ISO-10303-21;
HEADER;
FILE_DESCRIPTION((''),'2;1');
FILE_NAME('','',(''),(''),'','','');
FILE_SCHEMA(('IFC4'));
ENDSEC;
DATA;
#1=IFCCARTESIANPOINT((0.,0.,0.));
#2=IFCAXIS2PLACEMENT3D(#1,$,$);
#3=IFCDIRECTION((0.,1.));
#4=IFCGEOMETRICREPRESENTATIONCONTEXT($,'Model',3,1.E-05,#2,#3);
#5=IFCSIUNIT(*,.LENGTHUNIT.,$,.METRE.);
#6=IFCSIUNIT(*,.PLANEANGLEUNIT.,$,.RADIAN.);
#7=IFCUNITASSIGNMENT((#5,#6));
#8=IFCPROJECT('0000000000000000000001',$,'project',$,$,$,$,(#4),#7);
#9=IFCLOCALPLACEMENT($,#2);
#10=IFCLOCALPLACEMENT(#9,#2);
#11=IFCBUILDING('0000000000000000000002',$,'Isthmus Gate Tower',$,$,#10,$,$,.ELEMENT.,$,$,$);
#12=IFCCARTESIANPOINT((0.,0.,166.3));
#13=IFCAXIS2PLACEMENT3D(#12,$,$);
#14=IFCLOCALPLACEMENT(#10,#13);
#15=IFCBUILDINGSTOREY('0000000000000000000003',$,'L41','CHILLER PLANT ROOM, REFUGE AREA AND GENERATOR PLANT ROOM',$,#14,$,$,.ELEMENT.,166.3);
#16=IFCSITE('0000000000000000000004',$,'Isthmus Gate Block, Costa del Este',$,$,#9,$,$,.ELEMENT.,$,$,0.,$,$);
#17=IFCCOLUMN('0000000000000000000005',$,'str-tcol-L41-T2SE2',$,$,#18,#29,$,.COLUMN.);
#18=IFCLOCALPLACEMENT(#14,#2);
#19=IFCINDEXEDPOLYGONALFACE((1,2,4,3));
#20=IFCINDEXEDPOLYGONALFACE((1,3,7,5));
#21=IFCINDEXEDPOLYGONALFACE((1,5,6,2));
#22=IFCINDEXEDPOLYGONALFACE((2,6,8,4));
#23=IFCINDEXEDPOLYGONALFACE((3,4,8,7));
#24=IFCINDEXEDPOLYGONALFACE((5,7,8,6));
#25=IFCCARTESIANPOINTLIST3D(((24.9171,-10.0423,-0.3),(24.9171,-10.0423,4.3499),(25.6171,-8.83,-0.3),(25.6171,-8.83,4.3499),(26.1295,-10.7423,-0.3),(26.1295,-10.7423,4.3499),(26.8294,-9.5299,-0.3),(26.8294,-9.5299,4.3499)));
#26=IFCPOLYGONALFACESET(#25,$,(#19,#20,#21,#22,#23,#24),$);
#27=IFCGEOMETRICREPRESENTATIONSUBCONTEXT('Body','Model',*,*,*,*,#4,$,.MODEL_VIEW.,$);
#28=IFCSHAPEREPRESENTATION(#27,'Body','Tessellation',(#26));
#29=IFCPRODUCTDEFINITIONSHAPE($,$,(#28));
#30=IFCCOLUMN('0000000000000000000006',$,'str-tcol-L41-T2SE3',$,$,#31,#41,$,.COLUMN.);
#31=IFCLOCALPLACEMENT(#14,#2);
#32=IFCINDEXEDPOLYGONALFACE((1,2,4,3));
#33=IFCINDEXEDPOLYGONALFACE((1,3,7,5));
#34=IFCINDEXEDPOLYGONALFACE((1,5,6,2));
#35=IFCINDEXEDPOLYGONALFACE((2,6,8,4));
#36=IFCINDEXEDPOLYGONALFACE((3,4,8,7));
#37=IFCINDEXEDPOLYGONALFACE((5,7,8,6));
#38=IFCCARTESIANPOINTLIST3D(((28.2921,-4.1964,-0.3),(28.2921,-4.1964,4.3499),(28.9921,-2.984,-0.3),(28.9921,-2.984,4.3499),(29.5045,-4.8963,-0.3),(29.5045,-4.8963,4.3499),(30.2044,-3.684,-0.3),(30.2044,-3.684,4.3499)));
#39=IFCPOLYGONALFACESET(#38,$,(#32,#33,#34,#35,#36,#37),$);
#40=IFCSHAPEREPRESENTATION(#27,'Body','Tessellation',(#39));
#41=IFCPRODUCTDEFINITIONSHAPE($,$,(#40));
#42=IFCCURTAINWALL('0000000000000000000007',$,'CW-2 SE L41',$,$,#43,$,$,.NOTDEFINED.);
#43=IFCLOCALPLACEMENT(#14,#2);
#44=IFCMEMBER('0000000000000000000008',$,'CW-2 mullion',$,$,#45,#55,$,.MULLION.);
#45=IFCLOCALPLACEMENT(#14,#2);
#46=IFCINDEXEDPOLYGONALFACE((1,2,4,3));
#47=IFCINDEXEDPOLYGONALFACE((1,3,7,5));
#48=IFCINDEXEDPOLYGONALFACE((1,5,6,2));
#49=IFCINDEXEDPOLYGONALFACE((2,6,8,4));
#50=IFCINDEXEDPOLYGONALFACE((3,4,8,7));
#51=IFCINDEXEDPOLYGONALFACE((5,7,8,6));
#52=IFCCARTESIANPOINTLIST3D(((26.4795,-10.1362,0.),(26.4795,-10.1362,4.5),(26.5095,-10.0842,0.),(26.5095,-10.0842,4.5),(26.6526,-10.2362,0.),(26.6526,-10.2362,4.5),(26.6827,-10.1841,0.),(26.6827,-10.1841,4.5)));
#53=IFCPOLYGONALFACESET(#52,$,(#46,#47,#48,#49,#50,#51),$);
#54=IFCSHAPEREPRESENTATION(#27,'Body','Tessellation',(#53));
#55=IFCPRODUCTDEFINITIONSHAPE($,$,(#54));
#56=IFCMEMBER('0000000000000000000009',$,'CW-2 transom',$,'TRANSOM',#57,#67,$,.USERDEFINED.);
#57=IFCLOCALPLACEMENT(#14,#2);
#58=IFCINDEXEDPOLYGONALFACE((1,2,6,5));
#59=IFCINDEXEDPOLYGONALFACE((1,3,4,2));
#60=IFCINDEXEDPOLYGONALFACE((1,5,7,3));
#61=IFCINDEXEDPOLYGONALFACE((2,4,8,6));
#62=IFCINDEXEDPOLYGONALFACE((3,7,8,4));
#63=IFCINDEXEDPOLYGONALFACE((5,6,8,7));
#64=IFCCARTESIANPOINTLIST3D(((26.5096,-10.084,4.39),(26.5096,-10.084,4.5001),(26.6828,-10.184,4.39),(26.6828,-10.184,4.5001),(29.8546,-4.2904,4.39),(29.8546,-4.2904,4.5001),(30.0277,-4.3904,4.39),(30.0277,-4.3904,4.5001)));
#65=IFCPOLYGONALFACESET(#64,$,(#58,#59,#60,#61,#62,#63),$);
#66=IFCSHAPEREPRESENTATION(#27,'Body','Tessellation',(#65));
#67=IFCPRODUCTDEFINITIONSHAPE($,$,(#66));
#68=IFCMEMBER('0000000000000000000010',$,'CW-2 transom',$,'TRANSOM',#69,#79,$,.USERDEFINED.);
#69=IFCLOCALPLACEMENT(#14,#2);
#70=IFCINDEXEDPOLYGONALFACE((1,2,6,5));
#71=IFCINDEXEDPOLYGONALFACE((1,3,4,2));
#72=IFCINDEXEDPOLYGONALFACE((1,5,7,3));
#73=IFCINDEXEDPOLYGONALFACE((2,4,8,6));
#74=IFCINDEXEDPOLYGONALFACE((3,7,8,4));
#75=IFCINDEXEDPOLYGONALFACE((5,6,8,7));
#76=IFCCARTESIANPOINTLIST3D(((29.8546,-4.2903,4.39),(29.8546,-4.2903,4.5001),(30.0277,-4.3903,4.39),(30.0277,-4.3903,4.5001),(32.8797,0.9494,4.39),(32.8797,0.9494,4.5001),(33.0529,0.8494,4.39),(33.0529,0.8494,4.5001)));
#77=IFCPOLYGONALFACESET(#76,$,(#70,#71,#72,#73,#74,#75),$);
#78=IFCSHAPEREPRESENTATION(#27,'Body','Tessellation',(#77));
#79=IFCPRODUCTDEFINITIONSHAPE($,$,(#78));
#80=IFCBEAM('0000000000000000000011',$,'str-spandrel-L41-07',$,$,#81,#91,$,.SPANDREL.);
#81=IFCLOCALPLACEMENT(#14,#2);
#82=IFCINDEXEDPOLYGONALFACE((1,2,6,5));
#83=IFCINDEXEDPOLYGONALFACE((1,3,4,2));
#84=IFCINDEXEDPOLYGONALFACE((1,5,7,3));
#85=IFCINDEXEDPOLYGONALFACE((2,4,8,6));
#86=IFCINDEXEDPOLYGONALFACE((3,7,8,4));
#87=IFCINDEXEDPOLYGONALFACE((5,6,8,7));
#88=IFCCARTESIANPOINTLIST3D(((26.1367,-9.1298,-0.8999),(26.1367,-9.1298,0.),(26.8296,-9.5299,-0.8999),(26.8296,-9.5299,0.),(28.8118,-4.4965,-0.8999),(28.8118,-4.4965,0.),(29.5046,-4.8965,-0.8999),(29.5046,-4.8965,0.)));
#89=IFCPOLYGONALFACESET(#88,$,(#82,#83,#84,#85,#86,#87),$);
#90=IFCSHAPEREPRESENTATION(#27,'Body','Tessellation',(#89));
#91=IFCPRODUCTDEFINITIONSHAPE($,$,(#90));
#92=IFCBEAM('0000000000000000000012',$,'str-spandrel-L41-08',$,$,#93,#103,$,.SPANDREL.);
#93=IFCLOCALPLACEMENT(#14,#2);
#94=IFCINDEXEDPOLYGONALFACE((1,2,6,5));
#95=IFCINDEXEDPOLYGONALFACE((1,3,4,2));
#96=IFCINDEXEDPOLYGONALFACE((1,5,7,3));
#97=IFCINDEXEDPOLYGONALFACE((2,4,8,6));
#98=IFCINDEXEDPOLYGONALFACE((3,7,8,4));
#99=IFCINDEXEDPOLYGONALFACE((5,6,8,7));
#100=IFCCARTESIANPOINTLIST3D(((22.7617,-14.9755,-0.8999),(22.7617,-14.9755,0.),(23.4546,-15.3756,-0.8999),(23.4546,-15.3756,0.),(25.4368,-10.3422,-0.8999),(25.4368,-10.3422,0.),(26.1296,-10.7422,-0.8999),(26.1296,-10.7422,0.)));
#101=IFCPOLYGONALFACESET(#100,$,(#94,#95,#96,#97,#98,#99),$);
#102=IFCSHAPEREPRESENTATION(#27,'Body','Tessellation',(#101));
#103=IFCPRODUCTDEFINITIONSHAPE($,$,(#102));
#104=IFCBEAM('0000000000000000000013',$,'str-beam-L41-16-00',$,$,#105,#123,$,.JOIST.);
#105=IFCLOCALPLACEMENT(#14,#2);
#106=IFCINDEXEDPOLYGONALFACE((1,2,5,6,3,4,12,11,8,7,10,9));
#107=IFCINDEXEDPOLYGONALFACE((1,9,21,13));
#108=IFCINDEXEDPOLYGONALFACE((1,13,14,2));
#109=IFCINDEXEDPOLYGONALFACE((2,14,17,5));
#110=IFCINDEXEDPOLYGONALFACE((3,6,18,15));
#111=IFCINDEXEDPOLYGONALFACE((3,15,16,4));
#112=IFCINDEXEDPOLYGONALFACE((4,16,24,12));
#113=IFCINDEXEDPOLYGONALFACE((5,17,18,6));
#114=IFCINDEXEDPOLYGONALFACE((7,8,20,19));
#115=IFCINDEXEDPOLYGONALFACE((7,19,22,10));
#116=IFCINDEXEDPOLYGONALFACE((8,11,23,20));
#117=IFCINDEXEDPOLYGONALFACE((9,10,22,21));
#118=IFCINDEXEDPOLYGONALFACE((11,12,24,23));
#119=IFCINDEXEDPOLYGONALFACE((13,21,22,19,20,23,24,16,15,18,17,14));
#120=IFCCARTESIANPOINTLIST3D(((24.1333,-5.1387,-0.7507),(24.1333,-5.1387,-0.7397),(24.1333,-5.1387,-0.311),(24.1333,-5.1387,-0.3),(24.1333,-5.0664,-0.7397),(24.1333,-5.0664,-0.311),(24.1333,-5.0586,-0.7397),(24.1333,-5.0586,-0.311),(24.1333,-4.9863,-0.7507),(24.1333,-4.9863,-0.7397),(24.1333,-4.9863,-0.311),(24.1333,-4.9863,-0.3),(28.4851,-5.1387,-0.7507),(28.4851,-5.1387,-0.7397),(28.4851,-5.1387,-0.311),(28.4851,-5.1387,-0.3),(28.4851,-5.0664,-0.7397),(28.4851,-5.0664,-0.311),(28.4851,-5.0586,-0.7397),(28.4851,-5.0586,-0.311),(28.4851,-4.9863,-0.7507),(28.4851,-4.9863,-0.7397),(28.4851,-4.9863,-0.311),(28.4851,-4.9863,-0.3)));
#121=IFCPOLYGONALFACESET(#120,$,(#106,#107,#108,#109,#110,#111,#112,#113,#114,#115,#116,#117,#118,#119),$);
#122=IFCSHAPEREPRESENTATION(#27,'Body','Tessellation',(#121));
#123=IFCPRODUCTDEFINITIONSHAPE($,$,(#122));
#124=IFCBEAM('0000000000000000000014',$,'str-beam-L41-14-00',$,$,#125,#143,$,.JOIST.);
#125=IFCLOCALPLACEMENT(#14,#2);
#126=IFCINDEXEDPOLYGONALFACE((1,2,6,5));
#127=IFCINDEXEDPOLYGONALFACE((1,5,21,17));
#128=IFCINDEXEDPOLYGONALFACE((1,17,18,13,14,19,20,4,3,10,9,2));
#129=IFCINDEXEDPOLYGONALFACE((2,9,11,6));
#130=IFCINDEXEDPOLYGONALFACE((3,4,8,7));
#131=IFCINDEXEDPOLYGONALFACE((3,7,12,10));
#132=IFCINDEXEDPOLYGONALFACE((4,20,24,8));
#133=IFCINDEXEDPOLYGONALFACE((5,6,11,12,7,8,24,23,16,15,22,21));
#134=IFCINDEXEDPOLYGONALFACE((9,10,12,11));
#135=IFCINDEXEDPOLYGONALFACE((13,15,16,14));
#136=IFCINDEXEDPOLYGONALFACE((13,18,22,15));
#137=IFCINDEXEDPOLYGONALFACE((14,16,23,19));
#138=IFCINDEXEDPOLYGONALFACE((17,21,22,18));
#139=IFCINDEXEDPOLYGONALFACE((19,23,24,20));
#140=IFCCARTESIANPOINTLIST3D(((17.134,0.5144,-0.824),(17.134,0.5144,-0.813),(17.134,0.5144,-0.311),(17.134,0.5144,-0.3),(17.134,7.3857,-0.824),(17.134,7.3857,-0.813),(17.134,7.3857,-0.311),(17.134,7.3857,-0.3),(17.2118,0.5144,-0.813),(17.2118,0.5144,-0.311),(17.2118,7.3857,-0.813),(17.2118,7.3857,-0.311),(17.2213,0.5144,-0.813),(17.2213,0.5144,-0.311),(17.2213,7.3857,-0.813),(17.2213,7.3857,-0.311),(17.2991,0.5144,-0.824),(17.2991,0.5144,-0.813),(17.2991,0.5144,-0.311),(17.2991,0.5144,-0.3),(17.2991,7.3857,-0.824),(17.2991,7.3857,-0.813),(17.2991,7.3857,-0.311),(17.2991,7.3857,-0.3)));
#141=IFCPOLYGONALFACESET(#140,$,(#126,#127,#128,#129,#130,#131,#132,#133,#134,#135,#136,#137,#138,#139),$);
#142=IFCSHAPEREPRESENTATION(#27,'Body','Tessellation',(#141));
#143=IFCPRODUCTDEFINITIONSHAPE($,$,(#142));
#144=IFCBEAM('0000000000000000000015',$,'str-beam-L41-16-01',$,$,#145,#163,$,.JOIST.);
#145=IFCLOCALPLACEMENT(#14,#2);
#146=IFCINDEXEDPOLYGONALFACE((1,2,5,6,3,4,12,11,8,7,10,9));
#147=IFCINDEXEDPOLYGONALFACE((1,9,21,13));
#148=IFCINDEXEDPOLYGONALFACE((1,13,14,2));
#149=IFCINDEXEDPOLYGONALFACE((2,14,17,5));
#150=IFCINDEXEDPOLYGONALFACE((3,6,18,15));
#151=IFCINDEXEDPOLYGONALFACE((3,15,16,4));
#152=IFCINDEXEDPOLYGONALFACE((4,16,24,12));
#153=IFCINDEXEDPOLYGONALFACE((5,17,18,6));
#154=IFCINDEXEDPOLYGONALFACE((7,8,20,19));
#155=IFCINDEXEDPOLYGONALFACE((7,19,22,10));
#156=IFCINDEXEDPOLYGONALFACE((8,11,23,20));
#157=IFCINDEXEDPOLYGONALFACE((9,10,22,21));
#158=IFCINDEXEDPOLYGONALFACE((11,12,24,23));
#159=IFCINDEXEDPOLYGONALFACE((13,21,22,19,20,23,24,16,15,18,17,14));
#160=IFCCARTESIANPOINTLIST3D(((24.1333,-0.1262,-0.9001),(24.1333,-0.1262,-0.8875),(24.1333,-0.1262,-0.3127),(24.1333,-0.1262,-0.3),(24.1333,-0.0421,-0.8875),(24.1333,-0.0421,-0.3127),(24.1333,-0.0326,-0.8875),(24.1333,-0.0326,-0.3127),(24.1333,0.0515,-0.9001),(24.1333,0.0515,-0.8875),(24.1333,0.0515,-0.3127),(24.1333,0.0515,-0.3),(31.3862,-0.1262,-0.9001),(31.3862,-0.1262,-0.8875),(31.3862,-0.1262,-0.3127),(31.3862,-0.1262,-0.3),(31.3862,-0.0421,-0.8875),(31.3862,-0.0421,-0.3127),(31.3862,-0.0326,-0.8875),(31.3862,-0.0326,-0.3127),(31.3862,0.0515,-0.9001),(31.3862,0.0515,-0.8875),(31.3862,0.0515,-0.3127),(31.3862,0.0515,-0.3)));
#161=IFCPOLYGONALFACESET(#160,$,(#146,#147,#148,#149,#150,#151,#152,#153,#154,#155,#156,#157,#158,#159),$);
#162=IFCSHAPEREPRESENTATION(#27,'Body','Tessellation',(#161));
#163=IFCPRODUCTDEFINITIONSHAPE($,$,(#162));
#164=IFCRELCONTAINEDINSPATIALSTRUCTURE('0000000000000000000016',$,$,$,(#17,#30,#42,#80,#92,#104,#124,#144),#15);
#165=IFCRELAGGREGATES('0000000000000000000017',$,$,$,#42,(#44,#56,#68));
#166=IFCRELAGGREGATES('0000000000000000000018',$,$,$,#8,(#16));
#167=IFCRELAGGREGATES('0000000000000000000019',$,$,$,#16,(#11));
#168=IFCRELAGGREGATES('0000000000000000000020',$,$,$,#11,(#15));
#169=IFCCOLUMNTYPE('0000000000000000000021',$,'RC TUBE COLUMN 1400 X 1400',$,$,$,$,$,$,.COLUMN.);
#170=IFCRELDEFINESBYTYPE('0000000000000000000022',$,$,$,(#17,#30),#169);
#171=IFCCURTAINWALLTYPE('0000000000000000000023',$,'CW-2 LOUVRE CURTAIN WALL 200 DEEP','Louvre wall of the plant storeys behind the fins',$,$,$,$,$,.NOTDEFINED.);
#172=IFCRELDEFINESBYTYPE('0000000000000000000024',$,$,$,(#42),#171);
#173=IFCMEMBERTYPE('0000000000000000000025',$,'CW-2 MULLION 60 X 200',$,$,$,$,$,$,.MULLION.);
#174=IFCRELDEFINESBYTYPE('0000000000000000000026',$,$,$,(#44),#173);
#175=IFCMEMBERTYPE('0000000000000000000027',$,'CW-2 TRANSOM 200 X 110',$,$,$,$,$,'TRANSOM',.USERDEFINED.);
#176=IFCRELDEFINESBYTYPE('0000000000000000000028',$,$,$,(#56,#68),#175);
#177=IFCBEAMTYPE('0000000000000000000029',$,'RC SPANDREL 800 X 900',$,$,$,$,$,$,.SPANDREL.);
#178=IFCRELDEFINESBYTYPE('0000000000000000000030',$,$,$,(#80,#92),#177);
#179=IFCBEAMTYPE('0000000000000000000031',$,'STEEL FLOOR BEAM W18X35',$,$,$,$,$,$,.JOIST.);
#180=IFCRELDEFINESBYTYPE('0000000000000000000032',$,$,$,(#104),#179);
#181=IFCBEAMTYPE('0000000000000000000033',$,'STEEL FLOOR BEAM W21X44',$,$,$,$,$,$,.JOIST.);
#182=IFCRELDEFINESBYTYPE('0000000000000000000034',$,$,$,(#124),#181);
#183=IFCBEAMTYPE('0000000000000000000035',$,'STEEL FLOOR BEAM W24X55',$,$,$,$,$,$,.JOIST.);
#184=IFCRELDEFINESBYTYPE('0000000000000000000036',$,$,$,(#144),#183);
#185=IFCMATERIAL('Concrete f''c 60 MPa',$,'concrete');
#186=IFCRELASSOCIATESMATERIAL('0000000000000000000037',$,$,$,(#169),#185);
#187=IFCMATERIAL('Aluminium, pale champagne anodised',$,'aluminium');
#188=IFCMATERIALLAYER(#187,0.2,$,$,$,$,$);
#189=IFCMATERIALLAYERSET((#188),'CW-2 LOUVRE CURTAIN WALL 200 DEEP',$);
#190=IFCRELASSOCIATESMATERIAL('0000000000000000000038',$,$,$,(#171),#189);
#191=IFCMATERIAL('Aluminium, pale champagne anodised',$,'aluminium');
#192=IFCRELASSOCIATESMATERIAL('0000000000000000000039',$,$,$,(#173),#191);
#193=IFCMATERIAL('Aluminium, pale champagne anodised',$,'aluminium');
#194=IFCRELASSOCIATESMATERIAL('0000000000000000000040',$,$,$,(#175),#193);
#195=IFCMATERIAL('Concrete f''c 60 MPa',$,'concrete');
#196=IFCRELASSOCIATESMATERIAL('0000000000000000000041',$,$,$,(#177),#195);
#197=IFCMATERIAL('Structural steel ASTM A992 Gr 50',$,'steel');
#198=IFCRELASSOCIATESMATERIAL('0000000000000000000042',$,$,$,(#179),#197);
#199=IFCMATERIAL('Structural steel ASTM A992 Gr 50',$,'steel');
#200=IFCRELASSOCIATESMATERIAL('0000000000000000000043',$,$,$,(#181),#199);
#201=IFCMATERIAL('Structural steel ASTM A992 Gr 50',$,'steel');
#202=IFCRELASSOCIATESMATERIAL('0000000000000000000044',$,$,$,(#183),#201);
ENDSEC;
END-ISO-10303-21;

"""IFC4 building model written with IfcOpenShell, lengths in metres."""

from ifc_helpers import new_model, si_unit, direction, frame, origin, origin_2d, place, context, subcontext, project, spatial, rectangle, i_section, extrude, material, layer, layer_set, material_profile, profile_set, type_object, element, aggregate, save


model = new_model("IFC4")

# Units and contexts
model_context = context("Model", 3, precision=1e-05, world=origin(), true_north=direction((0.0, 1.0)))
body_context = subcontext(model_context, "Body", "Model", "MODEL_VIEW")
ifc_project = project(units=[si_unit("LENGTHUNIT", "METRE"), si_unit("PLANEANGLEUNIT", "RADIAN")], contexts=[model_context])

# Site, building, storey
site_placement = place(None, origin())
site = spatial("IfcSite", under=ifc_project, at=site_placement, Name="Isthmus Gate Block, Costa del Este", CompositionType="ELEMENT", RefElevation=0.0)
building_placement = place(site_placement, origin())
building = spatial("IfcBuilding", under=site, at=building_placement, Name="Isthmus Gate Tower", CompositionType="ELEMENT")
storey_placement = place(building_placement, frame((0.0, 0.0, 166.3)))
storey = spatial("IfcBuildingStorey", under=building, at=storey_placement, Name="L41", Description="CHILLER PLANT ROOM, REFUGE AREA AND GENERATOR PLANT ROOM", CompositionType="ELEMENT", Elevation=166.3)

# Columns
ifc_material_1 = material(Name="Concrete f'c 60 MPa", Category="concrete")
ifc_material_profile_1 = material_profile(ifc_material_1, rectangle(XDim=1.3999, YDim=1.3999, at=origin_2d()), Name="RC 1400X1400")
ifc_profile_set_1 = profile_set([ifc_material_profile_1], Name="Concrete f'c 60 MPa")
column_type = type_object("IfcColumnType", Name="RC TUBE COLUMN 1400 X 1400", PredefinedType="COLUMN", material=ifc_profile_set_1)
for number, where, z_axis, x_axis, name in (
    (1, (25.8733, -9.7861, -0.3), (0.0, 0.0, 1.0), (0.5, 0.866025, 0.0), "str-tcol-L41-T2SE2"),
    (2, (29.2483, -3.9402, -0.3), (0.0, 0.0, 1.0), (0.5, 0.866025, 0.0), "str-tcol-L41-T2SE3"),
):
    element("IfcColumn", number, at=place(storey_placement, frame(where, z_axis=z_axis, x_axis=x_axis)), inside=storey, type_object=column_type, Name=name, PredefinedType="COLUMN", context=body_context, shape_type="SweptSolid", body=[
        extrude(rectangle(XDim=1.3999, YDim=1.3999, at=origin_2d()), origin(), (0.0, 0.0, 1.0), 4.6499),
    ])

# Curtain wall, members
ifc_material_2 = material(Name="Aluminium, pale champagne anodised", Category="aluminium")
ifc_layer_1 = layer(ifc_material_2, 0.2)
ifc_layer_set_1 = layer_set([ifc_layer_1], Name="CW-2 LOUVRE CURTAIN WALL 200 DEEP")
curtain_wall_type = type_object("IfcCurtainWallType", Name="CW-2 LOUVRE CURTAIN WALL 200 DEEP", Description="Louvre wall of the plant storeys behind the fins", PredefinedType="NOTDEFINED", material=ifc_layer_set_1)
curtain_wall_placement = place(storey_placement, origin())
curtain_wall = element("IfcCurtainWall", 3, at=curtain_wall_placement, inside=storey, type_object=curtain_wall_type, Name="CW-2 SE L41", PredefinedType="NOTDEFINED")
ifc_material_3 = material(Name="Aluminium, pale champagne anodised", Category="aluminium")
ifc_material_profile_2 = material_profile(ifc_material_3, rectangle(XDim=0.0601, YDim=0.2, at=origin_2d()), Name="60x200")
ifc_profile_set_2 = profile_set([ifc_material_profile_2], Name="Aluminium, pale champagne anodised")
member_type_1 = type_object("IfcMemberType", Name="CW-2 MULLION 60 X 200", PredefinedType="MULLION", material=ifc_profile_set_2)
member_1_placement = place(storey_placement, frame((26.5811, -10.1602, 0.0), z_axis=(0.0, 0.0, 1.0), x_axis=(0.5, 0.866025, 0.0)))
member_1 = element("IfcMember", 4, at=member_1_placement, type_object=member_type_1, Name="CW-2 mullion", PredefinedType="MULLION", context=body_context, shape_type="SweptSolid", body=[
    extrude(rectangle(XDim=0.0601, YDim=0.2, at=origin_2d()), origin(), (0.0, 0.0, 1.0), 4.5),
])
ifc_material_4 = material(Name="Aluminium, pale champagne anodised", Category="aluminium")
ifc_material_profile_3 = material_profile(ifc_material_4, rectangle(XDim=0.2, YDim=0.1101, at=origin_2d()), Name="200x110")
ifc_profile_set_3 = profile_set([ifc_material_profile_3], Name="Aluminium, pale champagne anodised")
member_type_2 = type_object("IfcMemberType", Name="CW-2 TRANSOM 200 X 110", ElementType="TRANSOM", PredefinedType="USERDEFINED", material=ifc_profile_set_3)
member_2_placement = place(storey_placement, frame((26.5962, -10.134, 4.4451), z_axis=(0.499997, 0.866027, 0.0), x_axis=(-0.866027, 0.499997, 0.0)))
member_2 = element("IfcMember", 5, at=member_2_placement, type_object=member_type_2, Name="CW-2 transom", ObjectType="TRANSOM", PredefinedType="USERDEFINED", context=body_context, shape_type="SweptSolid", body=[
    extrude(rectangle(XDim=0.2, YDim=0.1101, at=origin_2d()), origin(), (0.0, 0.0, 1.0), 6.6899),
])
member_3_placement = place(storey_placement, frame((29.9412, -4.3403, 4.4451), z_axis=(0.499997, 0.866027, 0.0), x_axis=(-0.866027, 0.499997, 0.0)))
member_3 = element("IfcMember", 6, at=member_3_placement, type_object=member_type_2, Name="CW-2 transom", ObjectType="TRANSOM", PredefinedType="USERDEFINED", context=body_context, shape_type="SweptSolid", body=[
    extrude(rectangle(XDim=0.2, YDim=0.1101, at=origin_2d()), origin(), (0.0, 0.0, 1.0), 6.0503),
])

# Beams
ifc_material_5 = material(Name="Concrete f'c 60 MPa", Category="concrete")
ifc_material_profile_4 = material_profile(ifc_material_5, rectangle(XDim=0.8, YDim=0.8999, at=origin_2d()), Name="RC 800X900")
ifc_profile_set_4 = profile_set([ifc_material_profile_4], Name="Concrete f'c 60 MPa")
beam_type_1 = type_object("IfcBeamType", Name="RC SPANDREL 800 X 900", PredefinedType="SPANDREL", material=ifc_profile_set_4)
for number, where, z_axis, x_axis, name in (
    (7, (29.1582, -4.6965, -0.45), (-0.500002, -0.866024, 0.0), (0.866024, -0.500002, 0.0), "str-spandrel-L41-07"),
    (8, (25.7832, -10.5422, -0.45), (-0.500002, -0.866024, 0.0), (0.866024, -0.500002, 0.0), "str-spandrel-L41-08"),
):
    element("IfcBeam", number, at=place(storey_placement, frame(where, z_axis=z_axis, x_axis=x_axis)), inside=storey, type_object=beam_type_1, Name=name, PredefinedType="SPANDREL", context=body_context, shape_type="SweptSolid", body=[
        extrude(rectangle(XDim=0.8, YDim=0.8999, at=origin_2d()), origin(), (0.0, 0.0, 1.0), 5.3501),
    ])
ifc_material_6 = material(Name="Structural steel ASTM A992 Gr 50", Category="steel")
ifc_material_profile_5 = material_profile(ifc_material_6, i_section(OverallWidth=0.1523, OverallDepth=0.4507, WebThickness=0.0078, FlangeThickness=0.011, at=origin_2d()), Name="W18X35")
ifc_profile_set_5 = profile_set([ifc_material_profile_5], Name="Structural steel ASTM A992 Gr 50")
beam_type_2 = type_object("IfcBeamType", Name="STEEL FLOOR BEAM W18X35", PredefinedType="JOIST", material=ifc_profile_set_5)
beam_1_placement = place(storey_placement, frame((24.1333, -5.0625, -0.5254), z_axis=(1.0, 0.0, 0.0), x_axis=(0.0, 1.0, 0.0)))
element("IfcBeam", 9, at=beam_1_placement, inside=storey, type_object=beam_type_2, Name="str-beam-L41-16-00", PredefinedType="JOIST", context=body_context, shape_type="SweptSolid", body=[
    extrude(i_section(OverallWidth=0.1523, OverallDepth=0.4507, WebThickness=0.0078, FlangeThickness=0.011, at=origin_2d()), origin(), (0.0, 0.0, 1.0), 4.3518),
])
ifc_material_7 = material(Name="Structural steel ASTM A992 Gr 50", Category="steel")
ifc_material_profile_6 = material_profile(ifc_material_7, i_section(OverallWidth=0.165, OverallDepth=0.5239, WebThickness=0.0095, FlangeThickness=0.011, at=origin_2d()), Name="W21X44")
ifc_profile_set_6 = profile_set([ifc_material_profile_6], Name="Structural steel ASTM A992 Gr 50")
beam_type_3 = type_object("IfcBeamType", Name="STEEL FLOOR BEAM W21X44", PredefinedType="JOIST", material=ifc_profile_set_6)
beam_2_placement = place(storey_placement, frame((17.2166, 0.5144, -0.562), z_axis=(0.0, 1.0, 0.0), x_axis=(-1.0, 0.0, 0.0)))
element("IfcBeam", 10, at=beam_2_placement, inside=storey, type_object=beam_type_3, Name="str-beam-L41-14-00", PredefinedType="JOIST", context=body_context, shape_type="SweptSolid", body=[
    extrude(i_section(OverallWidth=0.165, OverallDepth=0.5239, WebThickness=0.0095, FlangeThickness=0.011, at=origin_2d()), origin(), (0.0, 0.0, 1.0), 6.8713),
])
ifc_material_8 = material(Name="Structural steel ASTM A992 Gr 50", Category="steel")
ifc_material_profile_7 = material_profile(ifc_material_8, i_section(OverallWidth=0.1777, OverallDepth=0.6001, WebThickness=0.0095, FlangeThickness=0.0127, at=origin_2d()), Name="W24X55")
ifc_profile_set_7 = profile_set([ifc_material_profile_7], Name="Structural steel ASTM A992 Gr 50")
beam_type_4 = type_object("IfcBeamType", Name="STEEL FLOOR BEAM W24X55", PredefinedType="JOIST", material=ifc_profile_set_7)
beam_3_placement = place(storey_placement, frame((24.1333, -0.0374, -0.6001), z_axis=(1.0, 0.0, 0.0), x_axis=(0.0, 1.0, 0.0)))
element("IfcBeam", 11, at=beam_3_placement, inside=storey, type_object=beam_type_4, Name="str-beam-L41-16-01", PredefinedType="JOIST", context=body_context, shape_type="SweptSolid", body=[
    extrude(i_section(OverallWidth=0.1777, OverallDepth=0.6001, WebThickness=0.0095, FlangeThickness=0.0127, at=origin_2d()), origin(), (0.0, 0.0, 1.0), 7.2529),
])

aggregate(curtain_wall, [member_1, member_2, member_3])

save(model, "model.ifc")
